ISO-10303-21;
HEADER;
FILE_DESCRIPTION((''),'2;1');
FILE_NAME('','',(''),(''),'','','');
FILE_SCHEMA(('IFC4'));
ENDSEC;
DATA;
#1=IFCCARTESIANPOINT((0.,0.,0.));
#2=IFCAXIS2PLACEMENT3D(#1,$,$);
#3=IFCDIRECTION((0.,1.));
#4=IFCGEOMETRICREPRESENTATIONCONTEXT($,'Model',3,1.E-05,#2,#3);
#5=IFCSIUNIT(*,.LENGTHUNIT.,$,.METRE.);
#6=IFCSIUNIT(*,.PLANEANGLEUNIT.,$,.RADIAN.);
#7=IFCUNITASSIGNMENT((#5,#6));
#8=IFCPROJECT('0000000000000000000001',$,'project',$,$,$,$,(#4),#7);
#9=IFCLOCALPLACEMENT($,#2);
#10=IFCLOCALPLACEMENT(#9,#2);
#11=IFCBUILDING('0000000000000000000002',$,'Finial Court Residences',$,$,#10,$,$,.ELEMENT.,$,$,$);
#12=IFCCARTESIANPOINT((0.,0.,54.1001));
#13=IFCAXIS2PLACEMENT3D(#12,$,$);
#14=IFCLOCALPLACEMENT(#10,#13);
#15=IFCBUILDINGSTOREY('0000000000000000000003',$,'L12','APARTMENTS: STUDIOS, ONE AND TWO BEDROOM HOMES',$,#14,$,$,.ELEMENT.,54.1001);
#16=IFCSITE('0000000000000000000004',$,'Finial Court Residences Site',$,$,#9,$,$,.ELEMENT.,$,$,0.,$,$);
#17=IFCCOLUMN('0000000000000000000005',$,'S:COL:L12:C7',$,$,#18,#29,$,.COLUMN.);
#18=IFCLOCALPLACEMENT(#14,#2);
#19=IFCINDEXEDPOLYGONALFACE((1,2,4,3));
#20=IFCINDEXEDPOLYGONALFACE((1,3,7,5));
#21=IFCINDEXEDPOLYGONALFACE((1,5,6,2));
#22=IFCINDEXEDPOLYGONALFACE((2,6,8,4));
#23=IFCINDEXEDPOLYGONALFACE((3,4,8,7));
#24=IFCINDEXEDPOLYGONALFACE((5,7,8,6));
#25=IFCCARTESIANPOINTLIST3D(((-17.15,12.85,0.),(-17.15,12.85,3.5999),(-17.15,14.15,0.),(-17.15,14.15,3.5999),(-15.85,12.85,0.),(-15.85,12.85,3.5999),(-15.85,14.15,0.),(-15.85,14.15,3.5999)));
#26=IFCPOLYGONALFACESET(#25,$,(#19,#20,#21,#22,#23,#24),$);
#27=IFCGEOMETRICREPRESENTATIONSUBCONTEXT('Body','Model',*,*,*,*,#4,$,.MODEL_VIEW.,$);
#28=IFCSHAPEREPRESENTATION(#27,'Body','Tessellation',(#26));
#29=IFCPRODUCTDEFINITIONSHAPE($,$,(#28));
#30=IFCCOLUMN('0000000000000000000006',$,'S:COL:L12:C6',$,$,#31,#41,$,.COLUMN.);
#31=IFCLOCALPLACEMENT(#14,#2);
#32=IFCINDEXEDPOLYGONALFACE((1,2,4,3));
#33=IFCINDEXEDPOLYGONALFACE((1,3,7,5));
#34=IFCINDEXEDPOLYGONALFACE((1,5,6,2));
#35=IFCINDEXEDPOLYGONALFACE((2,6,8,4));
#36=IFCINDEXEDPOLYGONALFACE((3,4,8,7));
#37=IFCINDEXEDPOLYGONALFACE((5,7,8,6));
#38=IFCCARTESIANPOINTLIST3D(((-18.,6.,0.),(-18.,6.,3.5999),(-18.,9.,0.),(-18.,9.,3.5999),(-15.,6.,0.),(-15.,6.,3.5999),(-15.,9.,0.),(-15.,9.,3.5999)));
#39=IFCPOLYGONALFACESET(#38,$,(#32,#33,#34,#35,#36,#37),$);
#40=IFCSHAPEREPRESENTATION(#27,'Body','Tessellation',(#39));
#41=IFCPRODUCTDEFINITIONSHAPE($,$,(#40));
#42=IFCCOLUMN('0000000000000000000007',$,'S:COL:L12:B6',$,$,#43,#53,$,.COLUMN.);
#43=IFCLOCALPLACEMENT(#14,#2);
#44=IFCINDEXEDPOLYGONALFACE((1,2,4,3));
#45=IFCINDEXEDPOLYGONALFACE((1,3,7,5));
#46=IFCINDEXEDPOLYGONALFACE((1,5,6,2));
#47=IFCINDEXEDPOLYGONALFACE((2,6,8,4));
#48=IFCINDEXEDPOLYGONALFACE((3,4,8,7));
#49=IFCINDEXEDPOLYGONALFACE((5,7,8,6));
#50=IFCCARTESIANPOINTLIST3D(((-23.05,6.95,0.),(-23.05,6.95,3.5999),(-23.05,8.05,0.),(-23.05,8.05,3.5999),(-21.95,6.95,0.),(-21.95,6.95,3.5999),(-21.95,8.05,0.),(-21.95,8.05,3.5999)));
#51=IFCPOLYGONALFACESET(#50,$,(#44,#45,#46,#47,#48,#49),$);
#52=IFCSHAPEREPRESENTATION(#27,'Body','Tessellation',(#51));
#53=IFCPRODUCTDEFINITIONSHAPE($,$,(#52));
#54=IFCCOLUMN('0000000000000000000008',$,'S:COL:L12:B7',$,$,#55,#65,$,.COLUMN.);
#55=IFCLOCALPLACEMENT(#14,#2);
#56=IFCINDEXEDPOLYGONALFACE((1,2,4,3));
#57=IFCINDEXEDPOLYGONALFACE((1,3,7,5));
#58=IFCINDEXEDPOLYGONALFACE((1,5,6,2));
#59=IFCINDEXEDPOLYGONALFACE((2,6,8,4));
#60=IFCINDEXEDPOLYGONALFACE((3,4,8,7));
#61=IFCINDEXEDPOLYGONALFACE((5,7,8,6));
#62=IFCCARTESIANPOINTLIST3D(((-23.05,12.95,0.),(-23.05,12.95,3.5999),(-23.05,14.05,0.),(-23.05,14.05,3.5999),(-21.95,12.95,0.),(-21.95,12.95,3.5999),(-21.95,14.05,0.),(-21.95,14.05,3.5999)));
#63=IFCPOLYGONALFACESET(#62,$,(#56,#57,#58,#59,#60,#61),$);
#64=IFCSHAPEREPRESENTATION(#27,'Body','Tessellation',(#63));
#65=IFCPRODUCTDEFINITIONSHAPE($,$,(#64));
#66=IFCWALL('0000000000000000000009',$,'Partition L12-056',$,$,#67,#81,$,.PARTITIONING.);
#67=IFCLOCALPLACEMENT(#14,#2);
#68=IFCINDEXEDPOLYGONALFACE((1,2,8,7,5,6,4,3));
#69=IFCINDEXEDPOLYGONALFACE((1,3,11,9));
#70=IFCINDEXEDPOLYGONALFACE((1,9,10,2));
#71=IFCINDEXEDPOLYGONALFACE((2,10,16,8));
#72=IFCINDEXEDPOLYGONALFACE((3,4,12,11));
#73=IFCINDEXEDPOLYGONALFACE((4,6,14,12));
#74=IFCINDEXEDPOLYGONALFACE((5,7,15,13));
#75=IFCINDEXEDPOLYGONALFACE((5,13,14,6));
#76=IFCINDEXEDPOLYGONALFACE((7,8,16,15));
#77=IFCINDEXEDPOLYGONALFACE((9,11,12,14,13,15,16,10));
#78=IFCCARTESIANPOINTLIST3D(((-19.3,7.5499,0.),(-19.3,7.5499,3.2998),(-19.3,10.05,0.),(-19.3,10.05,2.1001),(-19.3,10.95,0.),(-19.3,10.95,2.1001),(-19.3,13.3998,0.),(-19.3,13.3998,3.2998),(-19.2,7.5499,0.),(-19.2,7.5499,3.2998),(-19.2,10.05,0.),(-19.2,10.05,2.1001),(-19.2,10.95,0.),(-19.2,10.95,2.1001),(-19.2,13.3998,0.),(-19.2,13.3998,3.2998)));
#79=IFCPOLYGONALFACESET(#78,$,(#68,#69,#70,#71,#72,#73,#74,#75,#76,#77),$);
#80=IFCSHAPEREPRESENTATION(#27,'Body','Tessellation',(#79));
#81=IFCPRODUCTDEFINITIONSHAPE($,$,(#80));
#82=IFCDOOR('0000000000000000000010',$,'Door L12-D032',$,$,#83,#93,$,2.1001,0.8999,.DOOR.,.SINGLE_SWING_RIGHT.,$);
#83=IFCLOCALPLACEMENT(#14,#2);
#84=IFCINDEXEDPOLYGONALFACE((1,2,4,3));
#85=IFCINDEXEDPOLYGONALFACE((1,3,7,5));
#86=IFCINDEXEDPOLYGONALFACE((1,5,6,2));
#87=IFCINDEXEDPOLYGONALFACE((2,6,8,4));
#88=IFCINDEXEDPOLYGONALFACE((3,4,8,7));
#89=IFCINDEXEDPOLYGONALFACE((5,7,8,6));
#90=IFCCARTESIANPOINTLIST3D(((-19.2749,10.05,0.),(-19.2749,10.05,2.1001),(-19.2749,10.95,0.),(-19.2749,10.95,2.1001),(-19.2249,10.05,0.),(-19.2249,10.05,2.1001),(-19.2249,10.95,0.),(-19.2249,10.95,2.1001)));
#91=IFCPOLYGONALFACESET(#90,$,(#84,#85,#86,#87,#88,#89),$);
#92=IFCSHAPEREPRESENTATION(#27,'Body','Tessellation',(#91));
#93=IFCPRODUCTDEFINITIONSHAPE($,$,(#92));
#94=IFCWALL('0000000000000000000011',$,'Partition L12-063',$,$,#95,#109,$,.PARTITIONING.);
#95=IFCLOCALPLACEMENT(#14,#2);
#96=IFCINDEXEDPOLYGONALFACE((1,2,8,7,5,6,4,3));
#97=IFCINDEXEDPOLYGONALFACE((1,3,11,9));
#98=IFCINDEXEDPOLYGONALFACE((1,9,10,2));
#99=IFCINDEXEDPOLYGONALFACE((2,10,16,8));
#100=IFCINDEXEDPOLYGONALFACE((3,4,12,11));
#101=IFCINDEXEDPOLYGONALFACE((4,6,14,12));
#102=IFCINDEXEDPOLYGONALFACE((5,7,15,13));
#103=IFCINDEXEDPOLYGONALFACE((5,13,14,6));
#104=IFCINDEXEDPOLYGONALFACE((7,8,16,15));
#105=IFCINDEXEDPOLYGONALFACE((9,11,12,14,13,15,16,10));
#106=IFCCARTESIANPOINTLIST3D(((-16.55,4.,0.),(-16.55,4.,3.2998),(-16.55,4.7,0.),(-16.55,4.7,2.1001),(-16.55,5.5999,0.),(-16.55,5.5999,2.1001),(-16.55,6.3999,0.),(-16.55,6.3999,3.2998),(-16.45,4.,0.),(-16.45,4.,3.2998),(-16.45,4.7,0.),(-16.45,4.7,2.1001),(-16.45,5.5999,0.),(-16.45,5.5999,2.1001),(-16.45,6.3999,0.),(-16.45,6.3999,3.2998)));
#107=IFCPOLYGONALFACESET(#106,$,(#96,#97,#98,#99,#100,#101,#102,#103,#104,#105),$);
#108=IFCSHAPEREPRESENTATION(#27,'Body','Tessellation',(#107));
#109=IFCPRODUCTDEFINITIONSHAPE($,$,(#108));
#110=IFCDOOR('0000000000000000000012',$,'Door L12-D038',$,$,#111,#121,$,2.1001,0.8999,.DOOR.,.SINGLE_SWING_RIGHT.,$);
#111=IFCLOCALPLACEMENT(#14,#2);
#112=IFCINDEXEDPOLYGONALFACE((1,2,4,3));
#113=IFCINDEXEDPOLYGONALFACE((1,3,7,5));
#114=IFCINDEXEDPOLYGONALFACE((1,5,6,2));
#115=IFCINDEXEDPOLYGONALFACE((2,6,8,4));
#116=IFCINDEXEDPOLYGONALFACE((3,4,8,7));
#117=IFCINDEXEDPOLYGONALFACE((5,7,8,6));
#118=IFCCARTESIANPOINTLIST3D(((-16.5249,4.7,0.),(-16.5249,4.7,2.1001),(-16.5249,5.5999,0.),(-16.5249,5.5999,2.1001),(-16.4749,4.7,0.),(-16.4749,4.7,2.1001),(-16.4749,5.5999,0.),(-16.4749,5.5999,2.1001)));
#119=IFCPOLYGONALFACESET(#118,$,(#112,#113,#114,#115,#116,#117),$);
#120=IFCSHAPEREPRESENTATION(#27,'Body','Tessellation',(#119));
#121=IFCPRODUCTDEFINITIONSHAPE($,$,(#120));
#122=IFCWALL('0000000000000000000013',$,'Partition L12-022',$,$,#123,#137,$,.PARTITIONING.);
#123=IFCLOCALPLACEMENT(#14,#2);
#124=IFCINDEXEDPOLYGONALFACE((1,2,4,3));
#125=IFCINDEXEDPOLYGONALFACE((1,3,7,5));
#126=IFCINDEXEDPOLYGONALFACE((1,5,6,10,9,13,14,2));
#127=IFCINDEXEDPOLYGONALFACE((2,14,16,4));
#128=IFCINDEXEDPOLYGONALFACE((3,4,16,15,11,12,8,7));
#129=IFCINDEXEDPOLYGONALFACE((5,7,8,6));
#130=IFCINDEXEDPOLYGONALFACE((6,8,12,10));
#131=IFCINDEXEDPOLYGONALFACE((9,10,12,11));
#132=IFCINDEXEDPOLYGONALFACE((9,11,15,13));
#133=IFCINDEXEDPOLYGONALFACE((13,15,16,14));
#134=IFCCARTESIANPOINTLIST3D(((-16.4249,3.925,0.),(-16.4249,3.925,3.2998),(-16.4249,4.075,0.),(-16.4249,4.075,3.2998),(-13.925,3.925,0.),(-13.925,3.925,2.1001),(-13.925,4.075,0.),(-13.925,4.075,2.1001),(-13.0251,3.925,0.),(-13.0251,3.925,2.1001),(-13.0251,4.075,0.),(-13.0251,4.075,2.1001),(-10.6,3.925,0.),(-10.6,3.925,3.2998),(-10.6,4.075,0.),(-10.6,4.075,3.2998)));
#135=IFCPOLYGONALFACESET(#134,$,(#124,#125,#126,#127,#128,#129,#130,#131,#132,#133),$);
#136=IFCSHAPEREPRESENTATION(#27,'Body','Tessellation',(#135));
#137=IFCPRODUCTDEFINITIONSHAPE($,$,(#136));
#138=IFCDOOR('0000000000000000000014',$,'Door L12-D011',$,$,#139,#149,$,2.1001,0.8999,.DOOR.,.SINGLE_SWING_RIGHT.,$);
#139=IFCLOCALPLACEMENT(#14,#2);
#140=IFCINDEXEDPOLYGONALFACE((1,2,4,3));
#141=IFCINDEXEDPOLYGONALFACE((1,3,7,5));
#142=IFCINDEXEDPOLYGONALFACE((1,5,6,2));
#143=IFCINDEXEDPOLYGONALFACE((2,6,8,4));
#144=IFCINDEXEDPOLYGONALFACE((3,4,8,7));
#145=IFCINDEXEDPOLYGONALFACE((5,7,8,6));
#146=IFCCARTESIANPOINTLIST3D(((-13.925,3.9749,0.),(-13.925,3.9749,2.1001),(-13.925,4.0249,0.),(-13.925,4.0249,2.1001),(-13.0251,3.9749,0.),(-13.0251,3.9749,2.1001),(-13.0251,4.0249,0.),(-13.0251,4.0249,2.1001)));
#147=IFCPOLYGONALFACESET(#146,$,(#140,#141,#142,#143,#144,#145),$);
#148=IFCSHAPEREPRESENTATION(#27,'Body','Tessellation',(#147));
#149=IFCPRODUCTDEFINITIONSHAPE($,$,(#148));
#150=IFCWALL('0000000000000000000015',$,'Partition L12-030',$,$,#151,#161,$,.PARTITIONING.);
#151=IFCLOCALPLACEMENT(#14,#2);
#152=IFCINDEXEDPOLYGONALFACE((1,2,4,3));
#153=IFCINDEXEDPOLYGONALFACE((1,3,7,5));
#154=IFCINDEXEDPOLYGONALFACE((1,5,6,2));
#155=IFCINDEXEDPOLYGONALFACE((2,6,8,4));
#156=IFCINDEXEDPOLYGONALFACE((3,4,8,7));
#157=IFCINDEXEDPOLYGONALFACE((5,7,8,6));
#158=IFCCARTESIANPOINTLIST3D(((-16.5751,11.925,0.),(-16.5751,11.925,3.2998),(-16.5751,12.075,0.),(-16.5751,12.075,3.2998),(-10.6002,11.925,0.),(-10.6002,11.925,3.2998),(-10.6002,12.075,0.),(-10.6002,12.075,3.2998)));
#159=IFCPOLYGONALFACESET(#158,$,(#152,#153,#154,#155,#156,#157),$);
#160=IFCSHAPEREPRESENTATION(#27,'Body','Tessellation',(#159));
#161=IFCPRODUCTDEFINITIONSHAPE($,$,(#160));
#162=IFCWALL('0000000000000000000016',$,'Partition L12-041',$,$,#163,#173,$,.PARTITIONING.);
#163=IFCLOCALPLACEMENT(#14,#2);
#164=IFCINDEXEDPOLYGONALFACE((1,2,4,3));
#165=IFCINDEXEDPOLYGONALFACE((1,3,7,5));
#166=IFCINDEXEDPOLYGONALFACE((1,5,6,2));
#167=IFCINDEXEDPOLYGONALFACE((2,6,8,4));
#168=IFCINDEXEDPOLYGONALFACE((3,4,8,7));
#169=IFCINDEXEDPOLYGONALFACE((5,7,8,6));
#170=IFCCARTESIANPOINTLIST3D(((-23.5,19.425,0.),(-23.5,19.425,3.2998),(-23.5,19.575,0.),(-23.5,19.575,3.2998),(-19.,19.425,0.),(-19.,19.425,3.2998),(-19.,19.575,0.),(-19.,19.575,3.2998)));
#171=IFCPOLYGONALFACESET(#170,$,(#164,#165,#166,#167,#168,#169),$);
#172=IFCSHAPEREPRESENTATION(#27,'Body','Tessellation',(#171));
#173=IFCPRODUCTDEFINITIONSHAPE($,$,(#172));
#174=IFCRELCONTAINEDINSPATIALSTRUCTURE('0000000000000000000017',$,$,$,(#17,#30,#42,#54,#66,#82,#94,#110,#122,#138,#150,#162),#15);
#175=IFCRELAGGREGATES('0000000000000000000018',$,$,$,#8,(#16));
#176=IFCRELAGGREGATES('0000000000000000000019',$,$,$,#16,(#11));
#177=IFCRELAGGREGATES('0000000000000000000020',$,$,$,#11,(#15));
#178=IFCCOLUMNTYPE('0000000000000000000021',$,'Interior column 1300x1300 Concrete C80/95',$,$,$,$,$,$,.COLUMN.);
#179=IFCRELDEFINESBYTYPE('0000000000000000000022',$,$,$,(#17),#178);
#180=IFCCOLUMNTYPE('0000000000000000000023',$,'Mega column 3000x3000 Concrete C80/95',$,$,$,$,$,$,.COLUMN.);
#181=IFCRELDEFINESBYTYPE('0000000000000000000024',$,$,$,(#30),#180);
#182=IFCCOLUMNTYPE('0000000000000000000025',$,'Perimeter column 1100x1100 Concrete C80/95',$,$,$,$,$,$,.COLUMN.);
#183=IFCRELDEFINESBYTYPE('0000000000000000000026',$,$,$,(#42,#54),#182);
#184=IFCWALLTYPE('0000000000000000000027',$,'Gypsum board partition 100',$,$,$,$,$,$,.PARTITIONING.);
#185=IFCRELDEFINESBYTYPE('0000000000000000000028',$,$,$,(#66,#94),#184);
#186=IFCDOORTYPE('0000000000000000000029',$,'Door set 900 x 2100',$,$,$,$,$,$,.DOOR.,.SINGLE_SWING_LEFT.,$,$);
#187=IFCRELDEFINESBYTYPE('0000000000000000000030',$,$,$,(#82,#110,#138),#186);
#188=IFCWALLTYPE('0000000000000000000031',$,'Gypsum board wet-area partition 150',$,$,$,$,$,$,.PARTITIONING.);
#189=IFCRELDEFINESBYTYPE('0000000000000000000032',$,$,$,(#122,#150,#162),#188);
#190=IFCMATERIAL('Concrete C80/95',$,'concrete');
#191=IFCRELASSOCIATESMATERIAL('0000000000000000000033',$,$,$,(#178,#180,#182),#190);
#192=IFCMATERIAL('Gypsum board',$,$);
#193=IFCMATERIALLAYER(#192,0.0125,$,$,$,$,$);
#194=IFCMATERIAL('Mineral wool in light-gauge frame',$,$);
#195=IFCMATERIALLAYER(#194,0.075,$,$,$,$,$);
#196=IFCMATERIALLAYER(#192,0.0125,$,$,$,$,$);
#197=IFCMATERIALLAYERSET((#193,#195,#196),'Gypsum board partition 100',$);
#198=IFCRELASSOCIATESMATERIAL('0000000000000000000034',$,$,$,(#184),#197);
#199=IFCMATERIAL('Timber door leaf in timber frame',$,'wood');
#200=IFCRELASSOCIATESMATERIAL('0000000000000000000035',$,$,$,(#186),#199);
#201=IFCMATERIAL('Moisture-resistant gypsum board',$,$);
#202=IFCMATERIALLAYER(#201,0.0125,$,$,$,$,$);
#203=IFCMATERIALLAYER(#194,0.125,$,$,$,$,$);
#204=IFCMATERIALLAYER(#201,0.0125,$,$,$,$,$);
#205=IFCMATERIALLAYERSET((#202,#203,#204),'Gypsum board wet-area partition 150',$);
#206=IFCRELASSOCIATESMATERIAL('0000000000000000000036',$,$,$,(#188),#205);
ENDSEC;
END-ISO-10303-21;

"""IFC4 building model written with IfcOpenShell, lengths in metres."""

from ifc_helpers import new_model, si_unit, direction, frame, frame_2d, origin, origin_2d, place, context, subcontext, project, spatial, rectangle, extrude, material, layer, layer_set, material_profile, profile_set, type_object, element, fill, save


model = new_model("IFC4")

# Units and contexts
model_context = context("Model", 3, precision=1e-05, world=origin(), true_north=direction((0.0, 1.0)))
body_context = subcontext(model_context, "Body", "Model", "MODEL_VIEW")
ifc_project = project(units=[si_unit("LENGTHUNIT", "METRE"), si_unit("PLANEANGLEUNIT", "RADIAN")], contexts=[model_context])

# Site, building, storey
site_placement = place(None, origin())
site = spatial("IfcSite", under=ifc_project, at=site_placement, Name="Finial Court Residences Site", CompositionType="ELEMENT", RefElevation=0.0)
building_placement = place(site_placement, origin())
building = spatial("IfcBuilding", under=site, at=building_placement, Name="Finial Court Residences", CompositionType="ELEMENT")
storey_placement = place(building_placement, frame((0.0, 0.0, 54.1001)))
storey = spatial("IfcBuildingStorey", under=building, at=storey_placement, Name="L12", Description="APARTMENTS: STUDIOS, ONE AND TWO BEDROOM HOMES", CompositionType="ELEMENT", Elevation=54.1001)

# Columns
ifc_material_1 = material(Name="Concrete C80/95", Category="concrete")
ifc_material_profile_1 = material_profile(ifc_material_1, rectangle(XDim=1.3, YDim=1.3, at=origin_2d()), Name="1300x1300")
ifc_profile_set_1 = profile_set([ifc_material_profile_1], Name="Concrete C80/95")
column_type_1 = type_object("IfcColumnType", Name="Interior column 1300x1300 Concrete C80/95", PredefinedType="COLUMN", material=ifc_profile_set_1)
column_1_placement = place(storey_placement, frame((-16.5, 13.5, 0.0), z_axis=(0.0, 0.0, 1.0), x_axis=(1.0, 0.0, 0.0)))
element("IfcColumn", 1, at=column_1_placement, inside=storey, type_object=column_type_1, Name="S:COL:L12:C7", PredefinedType="COLUMN", context=body_context, shape_type="SweptSolid", body=[
    extrude(rectangle(XDim=1.3, YDim=1.3, at=origin_2d()), origin(), (0.0, 0.0, 1.0), 3.5999),
])
ifc_material_profile_2 = material_profile(ifc_material_1, rectangle(XDim=3.0, YDim=3.0, at=origin_2d()), Name="3000x3000")
ifc_profile_set_2 = profile_set([ifc_material_profile_2], Name="Concrete C80/95")
column_type_2 = type_object("IfcColumnType", Name="Mega column 3000x3000 Concrete C80/95", PredefinedType="COLUMN", material=ifc_profile_set_2)
column_2_placement = place(storey_placement, frame((-16.5, 7.5, 0.0), z_axis=(0.0, 0.0, 1.0), x_axis=(1.0, 0.0, 0.0)))
element("IfcColumn", 2, at=column_2_placement, inside=storey, type_object=column_type_2, Name="S:COL:L12:C6", PredefinedType="COLUMN", context=body_context, shape_type="SweptSolid", body=[
    extrude(rectangle(XDim=3.0, YDim=3.0, at=origin_2d()), origin(), (0.0, 0.0, 1.0), 3.5999),
])
ifc_material_profile_3 = material_profile(ifc_material_1, rectangle(XDim=1.1001, YDim=1.1001, at=origin_2d()), Name="1100x1100")
ifc_profile_set_3 = profile_set([ifc_material_profile_3], Name="Concrete C80/95")
column_type_3 = type_object("IfcColumnType", Name="Perimeter column 1100x1100 Concrete C80/95", PredefinedType="COLUMN", material=ifc_profile_set_3)
for number, where, z_axis, x_axis, name in (
    (3, (-22.5, 7.5, 0.0), (0.0, 0.0, 1.0), (1.0, 0.0, 0.0), "S:COL:L12:B6"),
    (4, (-22.5, 13.5, 0.0), (0.0, 0.0, 1.0), (1.0, 0.0, 0.0), "S:COL:L12:B7"),
):
    element("IfcColumn", number, at=place(storey_placement, frame(where, z_axis=z_axis, x_axis=x_axis)), inside=storey, type_object=column_type_3, Name=name, PredefinedType="COLUMN", context=body_context, shape_type="SweptSolid", body=[
        extrude(rectangle(XDim=1.1001, YDim=1.1001, at=origin_2d()), origin(), (0.0, 0.0, 1.0), 3.5999),
    ])

# Walls, openings, doors
ifc_material_2 = material(Name="Gypsum board")
ifc_layer_1 = layer(ifc_material_2, 0.0125)
ifc_material_3 = material(Name="Mineral wool in light-gauge frame")
ifc_layer_2 = layer(ifc_material_3, 0.075)
ifc_layer_3 = layer(ifc_material_2, 0.0125)
ifc_layer_set_1 = layer_set([ifc_layer_1, ifc_layer_2, ifc_layer_3], Name="Gypsum board partition 100")
wall_type_1 = type_object("IfcWallType", Name="Gypsum board partition 100", PredefinedType="PARTITIONING", material=ifc_layer_set_1)
wall_1_placement = place(storey_placement, frame((-19.25, 7.55, 0.0), z_axis=(0.0, 0.0, 1.0), x_axis=(0.0, 1.0, 0.0)))
wall_1 = element("IfcWall", 5, at=wall_1_placement, inside=storey, type_object=wall_type_1, Name="Partition L12-056", PredefinedType="PARTITIONING", context=body_context, shape_type="SweptSolid", body=[
    extrude(rectangle(XDim=5.8499, YDim=0.1001, at=frame_2d((2.9248, 0.0))), origin(), (0.0, 0.0, 1.0), 3.2998),
])
opening_1_placement = place(wall_1_placement, frame((2.5, 0.0, 0.0)))
opening_1 = element("IfcOpeningElement", 6, at=opening_1_placement, cuts=wall_1, PredefinedType="OPENING", context=body_context, shape_type="SweptSolid", body=[
    extrude(rectangle(XDim=0.8999, YDim=2.1001, at=frame_2d((0.45, 1.05))), frame((0.0, 0.0601, 0.0), z_axis=(0.0, -1.0, 0.0), x_axis=(1.0, 0.0, 0.0)), (0.0, 0.0, 1.0), 0.1201),
])
ifc_material_4 = material(Name="Timber door leaf in timber frame", Category="wood")
door_type = type_object("IfcDoorType", Name="Door set 900 x 2100", OperationType="SINGLE_SWING_LEFT", PredefinedType="DOOR", material=ifc_material_4)
door_1_placement = place(opening_1_placement, origin())
door_1 = element("IfcDoor", 7, at=door_1_placement, inside=storey, type_object=door_type, Name="Door L12-D032", OperationType="SINGLE_SWING_RIGHT", OverallHeight=2.1001, OverallWidth=0.8999, PredefinedType="DOOR", context=body_context, shape_type="SweptSolid", body=[
    extrude(rectangle(XDim=0.8999, YDim=2.1001, at=frame_2d((0.45, 1.05))), frame((0.0, 0.0249, 0.0), z_axis=(0.0, -1.0, 0.0), x_axis=(1.0, 0.0, 0.0)), (0.0, 0.0, 1.0), 0.05),
])
fill(opening_1, door_1)
wall_2_placement = place(storey_placement, frame((-16.5, 4.0, 0.0), z_axis=(0.0, 0.0, 1.0), x_axis=(0.0, 1.0, 0.0)))
wall_2 = element("IfcWall", 8, at=wall_2_placement, inside=storey, type_object=wall_type_1, Name="Partition L12-063", PredefinedType="PARTITIONING", context=body_context, shape_type="SweptSolid", body=[
    extrude(rectangle(XDim=2.3999, YDim=0.1001, at=frame_2d((1.2, 0.0))), origin(), (0.0, 0.0, 1.0), 3.2998),
])
opening_2_placement = place(wall_2_placement, frame((0.7, 0.0, 0.0)))
opening_2 = element("IfcOpeningElement", 9, at=opening_2_placement, cuts=wall_2, PredefinedType="OPENING", context=body_context, shape_type="SweptSolid", body=[
    extrude(rectangle(XDim=0.8999, YDim=2.1001, at=frame_2d((0.45, 1.05))), frame((0.0, 0.0601, 0.0), z_axis=(0.0, -1.0, 0.0), x_axis=(1.0, 0.0, 0.0)), (0.0, 0.0, 1.0), 0.1201),
])
door_2_placement = place(opening_2_placement, origin())
door_2 = element("IfcDoor", 10, at=door_2_placement, inside=storey, type_object=door_type, Name="Door L12-D038", OperationType="SINGLE_SWING_RIGHT", OverallHeight=2.1001, OverallWidth=0.8999, PredefinedType="DOOR", context=body_context, shape_type="SweptSolid", body=[
    extrude(rectangle(XDim=0.8999, YDim=2.1001, at=frame_2d((0.45, 1.05))), frame((0.0, 0.0249, 0.0), z_axis=(0.0, -1.0, 0.0), x_axis=(1.0, 0.0, 0.0)), (0.0, 0.0, 1.0), 0.05),
])
fill(opening_2, door_2)
ifc_material_5 = material(Name="Moisture-resistant gypsum board")
ifc_layer_4 = layer(ifc_material_5, 0.0125)
ifc_layer_5 = layer(ifc_material_3, 0.125)
ifc_layer_6 = layer(ifc_material_5, 0.0125)
ifc_layer_set_2 = layer_set([ifc_layer_4, ifc_layer_5, ifc_layer_6], Name="Gypsum board wet-area partition 150")
wall_type_2 = type_object("IfcWallType", Name="Gypsum board wet-area partition 150", PredefinedType="PARTITIONING", material=ifc_layer_set_2)
wall_3_placement = place(storey_placement, frame((-16.425, 4.0, 0.0), z_axis=(0.0, 0.0, 1.0), x_axis=(1.0, 0.0, 0.0)))
wall_3 = element("IfcWall", 11, at=wall_3_placement, inside=storey, type_object=wall_type_2, Name="Partition L12-022", PredefinedType="PARTITIONING", context=body_context, shape_type="SweptSolid", body=[
    extrude(rectangle(XDim=5.825, YDim=0.1499, at=frame_2d((2.9126, 0.0))), origin(), (0.0, 0.0, 1.0), 3.2998),
])
opening_3_placement = place(wall_3_placement, frame((2.5, 0.0, 0.0)))
opening_3 = element("IfcOpeningElement", 12, at=opening_3_placement, cuts=wall_3, PredefinedType="OPENING", context=body_context, shape_type="SweptSolid", body=[
    extrude(rectangle(XDim=0.8999, YDim=2.1001, at=frame_2d((0.45, 1.05))), frame((0.0, 0.085, 0.0), z_axis=(0.0, -1.0, 0.0), x_axis=(1.0, 0.0, 0.0)), (0.0, 0.0, 1.0), 0.1699),
])
door_3_placement = place(opening_3_placement, origin())
door_3 = element("IfcDoor", 13, at=door_3_placement, inside=storey, type_object=door_type, Name="Door L12-D011", OperationType="SINGLE_SWING_RIGHT", OverallHeight=2.1001, OverallWidth=0.8999, PredefinedType="DOOR", context=body_context, shape_type="SweptSolid", body=[
    extrude(rectangle(XDim=0.8999, YDim=2.1001, at=frame_2d((0.45, 1.05))), frame((0.0, 0.0249, 0.0), z_axis=(0.0, -1.0, 0.0), x_axis=(1.0, 0.0, 0.0)), (0.0, 0.0, 1.0), 0.05),
])
fill(opening_3, door_3)

# Walls
wall_4_placement = place(storey_placement, frame((-16.575, 12.0, 0.0), z_axis=(0.0, 0.0, 1.0), x_axis=(1.0, 0.0, 0.0)))
element("IfcWall", 14, at=wall_4_placement, inside=storey, type_object=wall_type_2, Name="Partition L12-030", PredefinedType="PARTITIONING", context=body_context, shape_type="SweptSolid", body=[
    extrude(rectangle(XDim=5.9749, YDim=0.1499, at=frame_2d((2.9873, 0.0))), origin(), (0.0, 0.0, 1.0), 3.2998),
])
wall_5_placement = place(storey_placement, frame((-23.5, 19.5, 0.0), z_axis=(0.0, 0.0, 1.0), x_axis=(1.0, 0.0, 0.0)))
element("IfcWall", 15, at=wall_5_placement, inside=storey, type_object=wall_type_2, Name="Partition L12-041", PredefinedType="PARTITIONING", context=body_context, shape_type="SweptSolid", body=[
    extrude(rectangle(XDim=4.5, YDim=0.1499, at=frame_2d((2.25, 0.0))), origin(), (0.0, 0.0, 1.0), 3.2998),
])

save(model, "model.ifc")
